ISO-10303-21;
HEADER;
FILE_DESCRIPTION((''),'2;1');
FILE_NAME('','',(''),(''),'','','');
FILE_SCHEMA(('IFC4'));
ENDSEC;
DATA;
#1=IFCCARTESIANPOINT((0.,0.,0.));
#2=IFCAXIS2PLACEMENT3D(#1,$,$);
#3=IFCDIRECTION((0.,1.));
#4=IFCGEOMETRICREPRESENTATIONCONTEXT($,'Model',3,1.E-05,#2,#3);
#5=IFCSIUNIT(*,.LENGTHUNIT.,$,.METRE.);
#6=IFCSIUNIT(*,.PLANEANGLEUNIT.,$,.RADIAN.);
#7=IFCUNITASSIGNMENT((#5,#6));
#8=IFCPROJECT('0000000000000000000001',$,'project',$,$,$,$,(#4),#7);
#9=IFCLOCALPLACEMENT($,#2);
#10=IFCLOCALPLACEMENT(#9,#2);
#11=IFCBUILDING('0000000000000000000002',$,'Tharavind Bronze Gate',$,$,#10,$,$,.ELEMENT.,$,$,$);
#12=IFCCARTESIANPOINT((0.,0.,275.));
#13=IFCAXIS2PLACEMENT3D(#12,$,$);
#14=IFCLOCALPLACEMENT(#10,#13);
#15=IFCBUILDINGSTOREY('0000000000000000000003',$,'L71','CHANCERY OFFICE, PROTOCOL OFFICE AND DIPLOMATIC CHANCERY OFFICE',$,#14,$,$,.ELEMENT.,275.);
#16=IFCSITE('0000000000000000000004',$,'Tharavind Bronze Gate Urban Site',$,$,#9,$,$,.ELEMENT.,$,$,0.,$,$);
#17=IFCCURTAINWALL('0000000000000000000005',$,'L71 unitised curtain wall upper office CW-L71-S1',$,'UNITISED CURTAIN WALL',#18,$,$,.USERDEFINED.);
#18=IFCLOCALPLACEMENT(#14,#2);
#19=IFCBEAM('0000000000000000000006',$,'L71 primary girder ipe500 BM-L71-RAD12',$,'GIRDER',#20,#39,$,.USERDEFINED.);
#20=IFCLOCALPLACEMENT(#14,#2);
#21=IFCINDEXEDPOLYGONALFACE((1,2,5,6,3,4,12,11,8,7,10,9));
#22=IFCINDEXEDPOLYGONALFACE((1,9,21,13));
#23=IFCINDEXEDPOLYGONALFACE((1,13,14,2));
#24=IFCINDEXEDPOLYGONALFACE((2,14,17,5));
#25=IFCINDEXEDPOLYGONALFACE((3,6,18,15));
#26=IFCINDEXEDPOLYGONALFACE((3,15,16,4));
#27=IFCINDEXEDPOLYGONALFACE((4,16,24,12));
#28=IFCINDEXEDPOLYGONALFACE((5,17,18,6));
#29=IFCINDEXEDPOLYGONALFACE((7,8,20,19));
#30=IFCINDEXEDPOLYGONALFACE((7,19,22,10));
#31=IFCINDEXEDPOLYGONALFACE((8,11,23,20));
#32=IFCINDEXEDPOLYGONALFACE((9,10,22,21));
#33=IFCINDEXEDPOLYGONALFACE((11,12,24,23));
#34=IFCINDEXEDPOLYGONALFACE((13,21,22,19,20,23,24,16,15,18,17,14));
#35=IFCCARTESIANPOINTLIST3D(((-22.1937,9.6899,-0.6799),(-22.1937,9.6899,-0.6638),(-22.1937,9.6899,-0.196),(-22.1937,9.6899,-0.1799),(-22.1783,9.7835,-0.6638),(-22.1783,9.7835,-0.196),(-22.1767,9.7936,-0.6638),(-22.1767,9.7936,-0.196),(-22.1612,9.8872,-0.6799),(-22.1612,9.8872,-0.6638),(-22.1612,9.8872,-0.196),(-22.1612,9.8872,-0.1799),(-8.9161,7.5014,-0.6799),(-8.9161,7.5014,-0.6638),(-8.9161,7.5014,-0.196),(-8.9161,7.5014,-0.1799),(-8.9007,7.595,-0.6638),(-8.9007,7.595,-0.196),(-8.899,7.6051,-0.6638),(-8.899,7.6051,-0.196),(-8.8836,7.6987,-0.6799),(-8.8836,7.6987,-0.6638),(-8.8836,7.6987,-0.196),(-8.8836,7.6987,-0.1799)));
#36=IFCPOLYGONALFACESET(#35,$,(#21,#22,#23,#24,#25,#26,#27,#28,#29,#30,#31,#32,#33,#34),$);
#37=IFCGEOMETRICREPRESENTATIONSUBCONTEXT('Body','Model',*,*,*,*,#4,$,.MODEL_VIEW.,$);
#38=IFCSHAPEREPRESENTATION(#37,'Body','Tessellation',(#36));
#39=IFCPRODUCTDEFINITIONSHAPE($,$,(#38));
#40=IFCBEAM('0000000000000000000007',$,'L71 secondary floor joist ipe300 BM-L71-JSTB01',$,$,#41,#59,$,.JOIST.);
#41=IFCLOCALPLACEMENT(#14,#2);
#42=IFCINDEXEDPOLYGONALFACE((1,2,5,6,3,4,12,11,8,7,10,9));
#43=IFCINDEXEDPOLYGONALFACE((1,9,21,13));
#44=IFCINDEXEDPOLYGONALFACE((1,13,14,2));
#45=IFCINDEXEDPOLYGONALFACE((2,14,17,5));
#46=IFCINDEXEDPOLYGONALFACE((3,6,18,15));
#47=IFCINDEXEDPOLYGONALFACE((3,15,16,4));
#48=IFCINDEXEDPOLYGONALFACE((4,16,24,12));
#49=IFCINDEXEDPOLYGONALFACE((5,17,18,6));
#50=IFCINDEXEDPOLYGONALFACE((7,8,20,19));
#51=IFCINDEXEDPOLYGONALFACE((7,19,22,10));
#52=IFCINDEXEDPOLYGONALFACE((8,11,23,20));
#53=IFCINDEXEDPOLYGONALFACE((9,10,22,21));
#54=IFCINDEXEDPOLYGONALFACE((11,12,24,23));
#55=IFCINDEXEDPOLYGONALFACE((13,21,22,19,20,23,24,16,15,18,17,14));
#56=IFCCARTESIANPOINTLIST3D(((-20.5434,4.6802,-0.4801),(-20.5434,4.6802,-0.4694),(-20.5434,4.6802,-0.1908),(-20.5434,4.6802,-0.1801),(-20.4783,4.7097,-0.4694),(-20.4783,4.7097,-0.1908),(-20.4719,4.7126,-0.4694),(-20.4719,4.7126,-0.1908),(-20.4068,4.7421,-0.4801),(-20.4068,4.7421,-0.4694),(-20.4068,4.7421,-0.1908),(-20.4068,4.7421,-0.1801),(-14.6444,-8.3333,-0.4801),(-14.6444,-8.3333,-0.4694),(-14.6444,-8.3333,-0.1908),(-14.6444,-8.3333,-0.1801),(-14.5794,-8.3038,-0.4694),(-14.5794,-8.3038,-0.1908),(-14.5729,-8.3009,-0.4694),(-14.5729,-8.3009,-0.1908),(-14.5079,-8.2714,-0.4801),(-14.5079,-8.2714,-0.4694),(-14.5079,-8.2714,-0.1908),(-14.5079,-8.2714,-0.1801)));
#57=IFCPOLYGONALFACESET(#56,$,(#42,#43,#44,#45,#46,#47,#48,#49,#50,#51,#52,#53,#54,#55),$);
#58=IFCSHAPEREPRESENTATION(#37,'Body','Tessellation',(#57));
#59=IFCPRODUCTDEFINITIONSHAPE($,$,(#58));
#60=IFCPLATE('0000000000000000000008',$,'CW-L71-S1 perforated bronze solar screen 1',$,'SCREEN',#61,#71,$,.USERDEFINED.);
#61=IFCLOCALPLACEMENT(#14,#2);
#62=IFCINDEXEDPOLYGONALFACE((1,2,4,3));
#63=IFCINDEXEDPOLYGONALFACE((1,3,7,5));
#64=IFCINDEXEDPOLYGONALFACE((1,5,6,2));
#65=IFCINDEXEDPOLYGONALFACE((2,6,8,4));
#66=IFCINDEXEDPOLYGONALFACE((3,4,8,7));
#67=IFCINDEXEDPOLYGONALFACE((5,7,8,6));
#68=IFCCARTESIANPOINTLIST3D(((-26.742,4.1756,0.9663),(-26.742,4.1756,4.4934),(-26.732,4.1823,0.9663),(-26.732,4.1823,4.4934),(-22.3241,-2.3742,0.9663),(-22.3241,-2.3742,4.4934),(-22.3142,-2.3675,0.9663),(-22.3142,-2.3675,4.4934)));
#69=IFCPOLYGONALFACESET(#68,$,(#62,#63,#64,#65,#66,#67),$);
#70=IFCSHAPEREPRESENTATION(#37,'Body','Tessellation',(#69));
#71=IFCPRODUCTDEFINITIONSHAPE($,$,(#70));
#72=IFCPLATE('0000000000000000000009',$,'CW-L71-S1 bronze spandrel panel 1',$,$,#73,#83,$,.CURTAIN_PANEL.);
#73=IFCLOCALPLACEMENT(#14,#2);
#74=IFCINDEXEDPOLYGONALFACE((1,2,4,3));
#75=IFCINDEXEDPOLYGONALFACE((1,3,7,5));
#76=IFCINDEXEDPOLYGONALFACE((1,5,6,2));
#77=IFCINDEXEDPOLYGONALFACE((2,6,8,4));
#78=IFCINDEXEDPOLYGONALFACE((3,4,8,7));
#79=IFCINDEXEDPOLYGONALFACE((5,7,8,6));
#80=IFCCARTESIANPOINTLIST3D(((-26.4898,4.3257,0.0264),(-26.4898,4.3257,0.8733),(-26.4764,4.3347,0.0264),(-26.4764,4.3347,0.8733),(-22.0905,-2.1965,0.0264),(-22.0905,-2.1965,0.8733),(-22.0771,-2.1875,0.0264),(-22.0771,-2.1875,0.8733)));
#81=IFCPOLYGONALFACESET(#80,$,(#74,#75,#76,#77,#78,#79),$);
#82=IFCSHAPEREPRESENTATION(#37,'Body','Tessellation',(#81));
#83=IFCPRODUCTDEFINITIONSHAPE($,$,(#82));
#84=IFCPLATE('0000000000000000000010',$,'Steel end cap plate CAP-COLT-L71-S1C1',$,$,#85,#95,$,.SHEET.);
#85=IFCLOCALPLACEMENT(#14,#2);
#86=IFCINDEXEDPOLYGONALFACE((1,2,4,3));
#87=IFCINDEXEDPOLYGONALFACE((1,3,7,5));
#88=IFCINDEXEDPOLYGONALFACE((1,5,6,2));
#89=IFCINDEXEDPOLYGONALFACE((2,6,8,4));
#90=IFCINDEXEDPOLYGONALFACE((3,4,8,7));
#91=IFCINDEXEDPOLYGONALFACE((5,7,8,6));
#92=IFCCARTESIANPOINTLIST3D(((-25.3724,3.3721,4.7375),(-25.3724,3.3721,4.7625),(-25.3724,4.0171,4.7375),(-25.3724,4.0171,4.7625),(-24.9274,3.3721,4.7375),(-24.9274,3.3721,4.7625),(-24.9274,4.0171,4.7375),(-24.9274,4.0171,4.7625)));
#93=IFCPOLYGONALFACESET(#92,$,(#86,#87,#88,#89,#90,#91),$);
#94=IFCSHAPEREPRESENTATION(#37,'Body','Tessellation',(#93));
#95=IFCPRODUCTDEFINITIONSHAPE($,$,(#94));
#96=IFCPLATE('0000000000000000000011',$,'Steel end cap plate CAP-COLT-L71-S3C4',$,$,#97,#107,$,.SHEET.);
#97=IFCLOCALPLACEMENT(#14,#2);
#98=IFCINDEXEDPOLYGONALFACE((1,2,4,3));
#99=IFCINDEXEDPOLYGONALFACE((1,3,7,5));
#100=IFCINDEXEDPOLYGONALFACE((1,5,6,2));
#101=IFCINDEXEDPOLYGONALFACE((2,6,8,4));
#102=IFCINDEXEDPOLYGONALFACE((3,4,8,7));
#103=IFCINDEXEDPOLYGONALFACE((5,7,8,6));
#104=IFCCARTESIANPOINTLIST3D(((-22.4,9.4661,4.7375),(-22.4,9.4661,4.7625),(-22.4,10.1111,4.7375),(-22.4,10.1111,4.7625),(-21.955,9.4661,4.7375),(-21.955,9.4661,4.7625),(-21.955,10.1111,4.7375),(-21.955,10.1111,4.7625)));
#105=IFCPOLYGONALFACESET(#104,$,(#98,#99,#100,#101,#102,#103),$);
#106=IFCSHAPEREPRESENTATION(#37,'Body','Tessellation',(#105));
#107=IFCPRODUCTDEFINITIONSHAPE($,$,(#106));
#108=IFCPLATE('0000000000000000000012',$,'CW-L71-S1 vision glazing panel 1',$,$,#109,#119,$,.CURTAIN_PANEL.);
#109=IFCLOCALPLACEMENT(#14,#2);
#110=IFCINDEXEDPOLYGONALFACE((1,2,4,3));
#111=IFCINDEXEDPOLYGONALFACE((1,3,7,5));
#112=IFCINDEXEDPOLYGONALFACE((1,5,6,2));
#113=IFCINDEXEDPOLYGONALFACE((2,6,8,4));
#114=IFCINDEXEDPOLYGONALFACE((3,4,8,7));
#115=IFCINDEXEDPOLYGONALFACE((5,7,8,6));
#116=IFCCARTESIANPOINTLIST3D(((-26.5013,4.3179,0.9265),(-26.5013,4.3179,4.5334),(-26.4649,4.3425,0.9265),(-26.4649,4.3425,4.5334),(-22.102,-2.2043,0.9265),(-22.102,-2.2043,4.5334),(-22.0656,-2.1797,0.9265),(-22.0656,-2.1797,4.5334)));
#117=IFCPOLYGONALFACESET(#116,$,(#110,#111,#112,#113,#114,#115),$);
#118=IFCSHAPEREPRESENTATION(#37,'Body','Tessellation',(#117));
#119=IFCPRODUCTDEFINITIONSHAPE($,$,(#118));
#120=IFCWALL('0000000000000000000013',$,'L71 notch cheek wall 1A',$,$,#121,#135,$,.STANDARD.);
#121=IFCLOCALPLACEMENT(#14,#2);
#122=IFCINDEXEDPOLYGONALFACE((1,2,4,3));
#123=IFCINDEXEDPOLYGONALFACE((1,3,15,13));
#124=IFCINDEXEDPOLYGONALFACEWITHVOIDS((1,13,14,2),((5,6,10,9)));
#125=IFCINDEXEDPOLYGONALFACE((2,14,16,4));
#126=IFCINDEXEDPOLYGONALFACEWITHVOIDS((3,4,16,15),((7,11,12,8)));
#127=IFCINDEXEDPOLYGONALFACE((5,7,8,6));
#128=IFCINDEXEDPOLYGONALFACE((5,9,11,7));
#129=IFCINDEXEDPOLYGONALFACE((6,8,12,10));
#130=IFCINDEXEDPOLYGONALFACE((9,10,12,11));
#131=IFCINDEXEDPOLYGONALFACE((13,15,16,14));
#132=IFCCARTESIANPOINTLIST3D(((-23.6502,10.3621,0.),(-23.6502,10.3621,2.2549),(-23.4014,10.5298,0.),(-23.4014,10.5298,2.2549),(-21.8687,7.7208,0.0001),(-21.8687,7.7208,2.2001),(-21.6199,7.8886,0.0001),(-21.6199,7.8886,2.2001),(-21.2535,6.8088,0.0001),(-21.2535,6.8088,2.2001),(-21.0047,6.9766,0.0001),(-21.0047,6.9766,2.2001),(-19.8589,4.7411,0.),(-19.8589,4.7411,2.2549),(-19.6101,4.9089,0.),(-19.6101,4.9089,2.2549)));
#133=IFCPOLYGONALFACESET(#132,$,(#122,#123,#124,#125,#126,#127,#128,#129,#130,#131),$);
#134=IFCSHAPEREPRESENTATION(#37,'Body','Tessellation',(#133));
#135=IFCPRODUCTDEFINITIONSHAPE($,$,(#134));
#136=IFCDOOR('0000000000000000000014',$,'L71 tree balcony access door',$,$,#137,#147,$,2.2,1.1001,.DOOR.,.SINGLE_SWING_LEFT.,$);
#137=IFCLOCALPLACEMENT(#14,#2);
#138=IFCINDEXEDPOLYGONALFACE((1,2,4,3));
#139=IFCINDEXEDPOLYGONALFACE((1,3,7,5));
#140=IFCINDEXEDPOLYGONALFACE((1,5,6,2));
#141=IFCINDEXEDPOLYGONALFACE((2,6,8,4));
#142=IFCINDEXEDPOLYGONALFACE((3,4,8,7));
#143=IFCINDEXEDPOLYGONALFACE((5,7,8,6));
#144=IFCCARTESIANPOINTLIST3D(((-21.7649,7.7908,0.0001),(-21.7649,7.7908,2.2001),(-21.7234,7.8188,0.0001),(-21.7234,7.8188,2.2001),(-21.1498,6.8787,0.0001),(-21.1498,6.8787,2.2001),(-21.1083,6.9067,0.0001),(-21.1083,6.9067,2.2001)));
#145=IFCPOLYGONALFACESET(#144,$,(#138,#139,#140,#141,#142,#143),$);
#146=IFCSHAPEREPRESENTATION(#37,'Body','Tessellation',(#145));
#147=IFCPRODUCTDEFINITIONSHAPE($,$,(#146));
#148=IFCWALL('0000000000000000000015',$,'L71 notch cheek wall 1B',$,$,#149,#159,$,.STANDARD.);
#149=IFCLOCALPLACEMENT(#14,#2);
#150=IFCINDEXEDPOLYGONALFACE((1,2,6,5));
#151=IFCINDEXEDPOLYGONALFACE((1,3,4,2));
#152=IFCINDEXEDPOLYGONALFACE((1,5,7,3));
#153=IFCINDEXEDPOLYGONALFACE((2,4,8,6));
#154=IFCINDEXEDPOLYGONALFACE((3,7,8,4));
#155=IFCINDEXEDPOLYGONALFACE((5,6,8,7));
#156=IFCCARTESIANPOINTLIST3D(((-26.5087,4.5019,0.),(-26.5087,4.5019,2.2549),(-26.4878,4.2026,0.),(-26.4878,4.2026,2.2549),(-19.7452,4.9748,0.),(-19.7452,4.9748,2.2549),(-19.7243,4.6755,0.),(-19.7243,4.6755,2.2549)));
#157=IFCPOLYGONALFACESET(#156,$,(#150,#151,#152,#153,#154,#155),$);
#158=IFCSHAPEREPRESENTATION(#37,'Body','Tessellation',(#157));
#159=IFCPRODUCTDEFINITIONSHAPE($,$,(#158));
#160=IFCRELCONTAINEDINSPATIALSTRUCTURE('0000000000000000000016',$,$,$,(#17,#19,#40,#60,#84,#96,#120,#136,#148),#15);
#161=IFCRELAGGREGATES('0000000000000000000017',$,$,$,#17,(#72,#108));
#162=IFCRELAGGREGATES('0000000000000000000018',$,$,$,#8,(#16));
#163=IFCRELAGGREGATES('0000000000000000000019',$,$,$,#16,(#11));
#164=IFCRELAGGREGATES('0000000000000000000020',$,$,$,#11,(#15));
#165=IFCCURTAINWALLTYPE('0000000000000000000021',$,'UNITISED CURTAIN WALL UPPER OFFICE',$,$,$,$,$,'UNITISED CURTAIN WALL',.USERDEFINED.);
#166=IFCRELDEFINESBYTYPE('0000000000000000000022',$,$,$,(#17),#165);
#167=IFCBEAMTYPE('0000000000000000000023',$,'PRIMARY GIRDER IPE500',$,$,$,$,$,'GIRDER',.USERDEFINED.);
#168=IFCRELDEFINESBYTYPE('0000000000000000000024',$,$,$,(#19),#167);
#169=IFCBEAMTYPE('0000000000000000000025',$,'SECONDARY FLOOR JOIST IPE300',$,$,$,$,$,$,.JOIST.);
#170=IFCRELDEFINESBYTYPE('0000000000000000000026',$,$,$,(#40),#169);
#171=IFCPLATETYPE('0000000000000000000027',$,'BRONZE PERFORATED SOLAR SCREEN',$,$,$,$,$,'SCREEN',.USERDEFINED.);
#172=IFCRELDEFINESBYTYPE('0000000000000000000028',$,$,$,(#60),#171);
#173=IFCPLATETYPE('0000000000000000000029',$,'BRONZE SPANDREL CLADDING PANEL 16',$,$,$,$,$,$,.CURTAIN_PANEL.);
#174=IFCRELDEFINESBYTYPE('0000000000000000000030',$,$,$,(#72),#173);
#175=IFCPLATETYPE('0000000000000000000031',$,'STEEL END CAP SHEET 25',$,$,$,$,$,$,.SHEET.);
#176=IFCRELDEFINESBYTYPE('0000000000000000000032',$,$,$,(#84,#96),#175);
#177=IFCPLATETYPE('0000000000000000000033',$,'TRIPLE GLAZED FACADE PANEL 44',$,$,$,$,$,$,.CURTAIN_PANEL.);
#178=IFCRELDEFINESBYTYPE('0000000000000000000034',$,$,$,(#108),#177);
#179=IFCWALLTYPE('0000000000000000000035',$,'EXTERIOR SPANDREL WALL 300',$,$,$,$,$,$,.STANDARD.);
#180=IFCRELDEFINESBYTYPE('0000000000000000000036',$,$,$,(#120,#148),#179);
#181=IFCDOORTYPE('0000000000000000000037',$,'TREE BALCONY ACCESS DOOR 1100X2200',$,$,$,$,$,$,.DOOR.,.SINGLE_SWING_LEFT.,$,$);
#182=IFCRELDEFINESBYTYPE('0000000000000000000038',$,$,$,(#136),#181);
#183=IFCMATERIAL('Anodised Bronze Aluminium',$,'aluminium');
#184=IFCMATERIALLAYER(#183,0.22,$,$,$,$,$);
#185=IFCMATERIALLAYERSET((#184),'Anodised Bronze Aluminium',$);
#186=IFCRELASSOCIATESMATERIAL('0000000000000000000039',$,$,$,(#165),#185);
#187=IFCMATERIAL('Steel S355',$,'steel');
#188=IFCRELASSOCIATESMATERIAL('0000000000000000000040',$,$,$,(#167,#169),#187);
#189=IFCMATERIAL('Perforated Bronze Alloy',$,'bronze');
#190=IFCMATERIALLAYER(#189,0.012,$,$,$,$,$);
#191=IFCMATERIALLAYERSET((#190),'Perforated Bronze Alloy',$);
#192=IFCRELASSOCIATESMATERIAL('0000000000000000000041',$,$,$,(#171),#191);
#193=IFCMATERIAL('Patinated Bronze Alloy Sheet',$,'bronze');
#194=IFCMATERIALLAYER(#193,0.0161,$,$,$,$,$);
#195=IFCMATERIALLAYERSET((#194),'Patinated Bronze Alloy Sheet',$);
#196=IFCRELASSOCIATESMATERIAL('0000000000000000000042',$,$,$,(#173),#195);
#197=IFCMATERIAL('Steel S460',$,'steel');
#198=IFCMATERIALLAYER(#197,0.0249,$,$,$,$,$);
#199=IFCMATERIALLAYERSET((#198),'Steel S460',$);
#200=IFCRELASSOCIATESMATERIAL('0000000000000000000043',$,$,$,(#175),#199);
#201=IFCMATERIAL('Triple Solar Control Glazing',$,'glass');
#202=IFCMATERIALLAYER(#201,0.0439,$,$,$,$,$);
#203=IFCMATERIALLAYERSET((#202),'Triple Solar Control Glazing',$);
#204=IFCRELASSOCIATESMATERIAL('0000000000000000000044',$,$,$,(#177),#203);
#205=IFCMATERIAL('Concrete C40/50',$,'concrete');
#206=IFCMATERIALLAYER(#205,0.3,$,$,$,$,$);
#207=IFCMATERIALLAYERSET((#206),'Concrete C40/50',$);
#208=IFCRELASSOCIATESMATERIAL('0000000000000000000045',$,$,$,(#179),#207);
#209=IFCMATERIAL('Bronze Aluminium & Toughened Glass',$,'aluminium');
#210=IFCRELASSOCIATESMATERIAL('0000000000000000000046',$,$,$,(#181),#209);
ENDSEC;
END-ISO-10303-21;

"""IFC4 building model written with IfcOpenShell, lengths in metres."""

from ifc_helpers import new_model, si_unit, direction, frame, frame_2d, origin, origin_2d, place, context, subcontext, project, spatial, rectangle, i_section, extrude, material, layer, layer_set, material_profile, profile_set, type_object, element, fill, aggregate, save


model = new_model("IFC4")

# Units and contexts
model_context = context("Model", 3, precision=1e-05, world=origin(), true_north=direction((0.0, 1.0)))
body_context = subcontext(model_context, "Body", "Model", "MODEL_VIEW")
ifc_project = project(units=[si_unit("LENGTHUNIT", "METRE"), si_unit("PLANEANGLEUNIT", "RADIAN")], contexts=[model_context])

# Site, building, storey
site_placement = place(None, origin())
site = spatial("IfcSite", under=ifc_project, at=site_placement, Name="Tharavind Bronze Gate Urban Site", CompositionType="ELEMENT", RefElevation=0.0)
building_placement = place(site_placement, origin())
building = spatial("IfcBuilding", under=site, at=building_placement, Name="Tharavind Bronze Gate", CompositionType="ELEMENT")
storey_placement = place(building_placement, frame((0.0, 0.0, 275.0)))
storey = spatial("IfcBuildingStorey", under=building, at=storey_placement, Name="L71", Description="CHANCERY OFFICE, PROTOCOL OFFICE AND DIPLOMATIC CHANCERY OFFICE", CompositionType="ELEMENT", Elevation=275.0)

# Shared definitions
ifc_material_1 = material(Name="Steel S460", Category="steel")

# Curtain wall
ifc_material_2 = material(Name="Anodised Bronze Aluminium", Category="aluminium")
ifc_layer_1 = layer(ifc_material_2, 0.22)
ifc_layer_set_1 = layer_set([ifc_layer_1], Name="Anodised Bronze Aluminium")
curtain_wall_type = type_object("IfcCurtainWallType", Name="UNITISED CURTAIN WALL UPPER OFFICE", ElementType="UNITISED CURTAIN WALL", PredefinedType="USERDEFINED", material=ifc_layer_set_1)
curtain_wall_1_placement = place(storey_placement, origin())
curtain_wall_1 = element("IfcCurtainWall", 1, at=curtain_wall_1_placement, inside=storey, type_object=curtain_wall_type, Name="L71 unitised curtain wall upper office CW-L71-S1", ObjectType="UNITISED CURTAIN WALL", PredefinedType="USERDEFINED")

# Beams
ifc_material_3 = material(Name="Steel S355", Category="steel")
ifc_material_profile_1 = material_profile(ifc_material_3, i_section(OverallWidth=0.2, OverallDepth=0.5, WebThickness=0.0103, FlangeThickness=0.0161, at=origin_2d()), Name="IPE500")
ifc_profile_set_1 = profile_set([ifc_material_profile_1], Name="Steel S355")
beam_type_1 = type_object("IfcBeamType", Name="PRIMARY GIRDER IPE500", ElementType="GIRDER", PredefinedType="USERDEFINED", material=ifc_profile_set_1)
beam_1_placement = place(storey_placement, frame((-22.1775, 9.7886, -0.4299), z_axis=(0.986687, -0.162631, 0.0), x_axis=(0.162631, 0.986687, 0.0)))
element("IfcBeam", 2, at=beam_1_placement, inside=storey, type_object=beam_type_1, Name="L71 primary girder ipe500 BM-L71-RAD12", ObjectType="GIRDER", PredefinedType="USERDEFINED", context=body_context, shape_type="SweptSolid", body=[
    extrude(i_section(OverallWidth=0.2, OverallDepth=0.5, WebThickness=0.0103, FlangeThickness=0.0161, at=origin_2d()), origin(), (0.0, 0.0, 1.0), 13.4568),
])
ifc_material_profile_2 = material_profile(ifc_material_3, i_section(OverallWidth=0.1499, OverallDepth=0.3, WebThickness=0.0071, FlangeThickness=0.0107, at=origin_2d()), Name="IPE300")
ifc_profile_set_2 = profile_set([ifc_material_profile_2], Name="Steel S355")
beam_type_2 = type_object("IfcBeamType", Name="SECONDARY FLOOR JOIST IPE300", PredefinedType="JOIST", material=ifc_profile_set_2)
beam_2_placement = place(storey_placement, frame((-20.4751, 4.7112, -0.3301), z_axis=(0.412859, -0.910795, 0.0), x_axis=(0.910795, 0.412859, 0.0)))
element("IfcBeam", 3, at=beam_2_placement, inside=storey, type_object=beam_type_2, Name="L71 secondary floor joist ipe300 BM-L71-JSTB01", PredefinedType="JOIST", context=body_context, shape_type="SweptSolid", body=[
    extrude(i_section(OverallWidth=0.1499, OverallDepth=0.3, WebThickness=0.0071, FlangeThickness=0.0107, at=origin_2d()), origin(), (0.0, 0.0, 1.0), 14.2881),
])

# Plates
ifc_material_4 = material(Name="Perforated Bronze Alloy", Category="bronze")
ifc_layer_2 = layer(ifc_material_4, 0.012)
ifc_layer_set_2 = layer_set([ifc_layer_2], Name="Perforated Bronze Alloy")
plate_type_1 = type_object("IfcPlateType", Name="BRONZE PERFORATED SOLAR SCREEN", ElementType="SCREEN", PredefinedType="USERDEFINED", material=ifc_layer_set_2)
plate_1_placement = place(storey_placement, frame((-24.5281, 0.9041, 0.9663), z_axis=(0.0, 0.0, 1.0), x_axis=(0.559191, -0.829039, 0.0)))
element("IfcPlate", 4, at=plate_1_placement, inside=storey, type_object=plate_type_1, Name="CW-L71-S1 perforated bronze solar screen 1", ObjectType="SCREEN", PredefinedType="USERDEFINED", context=body_context, shape_type="SweptSolid", body=[
    extrude(rectangle(XDim=7.9004, YDim=0.012, at=origin_2d()), origin(), (0.0, 0.0, 1.0), 3.5271),
])
ifc_material_5 = material(Name="Patinated Bronze Alloy Sheet", Category="bronze")
ifc_layer_3 = layer(ifc_material_5, 0.0161)
ifc_layer_set_3 = layer_set([ifc_layer_3], Name="Patinated Bronze Alloy Sheet")
plate_type_2 = type_object("IfcPlateType", Name="BRONZE SPANDREL CLADDING PANEL 16", PredefinedType="CURTAIN_PANEL", material=ifc_layer_set_3)
plate_2_placement = place(storey_placement, frame((-24.2834, 1.0691, 0.0264), z_axis=(0.0, 0.0, 1.0), x_axis=(0.559191, -0.829039, 0.0)))
plate_2 = element("IfcPlate", 5, at=plate_2_placement, type_object=plate_type_2, Name="CW-L71-S1 bronze spandrel panel 1", PredefinedType="CURTAIN_PANEL", context=body_context, shape_type="SweptSolid", body=[
    extrude(rectangle(XDim=7.8672, YDim=0.0161, at=origin_2d()), origin(), (0.0, 0.0, 1.0), 0.8469),
])

# Plates
ifc_layer_4 = layer(ifc_material_1, 0.0249)
ifc_layer_set_4 = layer_set([ifc_layer_4], Name="Steel S460")
plate_type_3 = type_object("IfcPlateType", Name="STEEL END CAP SHEET 25", PredefinedType="SHEET", material=ifc_layer_set_4)
for number, where, z_axis, x_axis, name in (
    (6, (-25.1499, 3.6946, 4.7375), (0.0, 0.0, 1.0), (1.0, 0.0, 0.0), "Steel end cap plate CAP-COLT-L71-S1C1"),
    (7, (-22.1775, 9.7886, 4.7375), (0.0, 0.0, 1.0), (1.0, 0.0, 0.0), "Steel end cap plate CAP-COLT-L71-S3C4"),
):
    element("IfcPlate", number, at=place(storey_placement, frame(where, z_axis=z_axis, x_axis=x_axis)), inside=storey, type_object=plate_type_3, Name=name, PredefinedType="SHEET", context=body_context, shape_type="SweptSolid", body=[
        extrude(rectangle(XDim=0.4451, YDim=0.645, at=origin_2d()), origin(), (0.0, 0.0, 1.0), 0.0249),
    ])

# Plate
ifc_material_6 = material(Name="Triple Solar Control Glazing", Category="glass")
ifc_layer_5 = layer(ifc_material_6, 0.0439)
ifc_layer_set_5 = layer_set([ifc_layer_5], Name="Triple Solar Control Glazing")
plate_type_4 = type_object("IfcPlateType", Name="TRIPLE GLAZED FACADE PANEL 44", PredefinedType="CURTAIN_PANEL", material=ifc_layer_set_5)
plate_3_placement = place(storey_placement, frame((-24.2834, 1.0691, 0.9265), z_axis=(0.0, 0.0, 1.0), x_axis=(0.559191, -0.829039, 0.0)))
plate_3 = element("IfcPlate", 8, at=plate_3_placement, type_object=plate_type_4, Name="CW-L71-S1 vision glazing panel 1", PredefinedType="CURTAIN_PANEL", context=body_context, shape_type="SweptSolid", body=[
    extrude(rectangle(XDim=7.8672, YDim=0.0439, at=origin_2d()), origin(), (0.0, 0.0, 1.0), 3.6069),
])
aggregate(curtain_wall_1, [plate_2, plate_3])

# Wall, opening, door
ifc_material_7 = material(Name="Concrete C40/50", Category="concrete")
ifc_layer_6 = layer(ifc_material_7, 0.3)
ifc_layer_set_6 = layer_set([ifc_layer_6], Name="Concrete C40/50")
wall_type = type_object("IfcWallType", Name="EXTERIOR SPANDREL WALL 300", PredefinedType="STANDARD", material=ifc_layer_set_6)
wall_1_placement = place(storey_placement, frame((-23.5259, 10.446, 0.0), z_axis=(0.0, 0.0, 1.0), x_axis=(0.559188, -0.829041, 0.0)))
wall_1 = element("IfcWall", 9, at=wall_1_placement, inside=storey, type_object=wall_type, Name="L71 notch cheek wall 1A", PredefinedType="STANDARD", context=body_context, shape_type="SweptSolid", body=[
    extrude(rectangle(XDim=6.78, YDim=0.3, at=frame_2d((3.3901, 0.0))), origin(), (0.0, 0.0, 1.0), 2.2549),
])
opening_placement = place(wall_1_placement, frame((3.186, 0.0, 0.0)))
opening = element("IfcOpeningElement", 10, at=opening_placement, cuts=wall_1, PredefinedType="OPENING", context=body_context, shape_type="SweptSolid", body=[
    extrude(rectangle(XDim=1.1001, YDim=2.2, at=frame_2d((0.55, 1.1001))), frame((0.0, 0.1599, 0.0), z_axis=(0.0, -1.0, 0.0), x_axis=(1.0, 0.0, 0.0)), (0.0, 0.0, 1.0), 0.32),
])
ifc_material_8 = material(Name="Bronze Aluminium & Toughened Glass", Category="aluminium")
door_type = type_object("IfcDoorType", Name="TREE BALCONY ACCESS DOOR 1100X2200", OperationType="SINGLE_SWING_LEFT", PredefinedType="DOOR", material=ifc_material_8)
door_placement = place(opening_placement, frame((1.1001, 0.0, 0.0), z_axis=(0.0, 0.0, 1.0), x_axis=(-1.0, 0.0, 0.0)))
door = element("IfcDoor", 11, at=door_placement, inside=storey, type_object=door_type, Name="L71 tree balcony access door", OperationType="SINGLE_SWING_LEFT", OverallHeight=2.2, OverallWidth=1.1001, PredefinedType="DOOR", context=body_context, shape_type="SweptSolid", body=[
    extrude(rectangle(XDim=1.1001, YDim=2.2, at=frame_2d((0.55, 1.1001))), frame((0.0, 0.0249, 0.0), z_axis=(0.0, -1.0, 0.0), x_axis=(1.0, 0.0, 0.0)), (0.0, 0.0, 1.0), 0.05),
])
fill(opening, door)

# Wall
wall_2_placement = place(storey_placement, frame((-19.7346, 4.8252, 0.0), z_axis=(0.0, 0.0, 1.0), x_axis=(-0.997565, -0.06975, 0.0)))
element("IfcWall", 12, at=wall_2_placement, inside=storey, type_object=wall_type, Name="L71 notch cheek wall 1B", PredefinedType="STANDARD", context=body_context, shape_type="SweptSolid", body=[
    extrude(rectangle(XDim=6.78, YDim=0.3, at=frame_2d((3.3901, 0.0))), origin(), (0.0, 0.0, 1.0), 2.2549),
])

save(model, "model.ifc")
